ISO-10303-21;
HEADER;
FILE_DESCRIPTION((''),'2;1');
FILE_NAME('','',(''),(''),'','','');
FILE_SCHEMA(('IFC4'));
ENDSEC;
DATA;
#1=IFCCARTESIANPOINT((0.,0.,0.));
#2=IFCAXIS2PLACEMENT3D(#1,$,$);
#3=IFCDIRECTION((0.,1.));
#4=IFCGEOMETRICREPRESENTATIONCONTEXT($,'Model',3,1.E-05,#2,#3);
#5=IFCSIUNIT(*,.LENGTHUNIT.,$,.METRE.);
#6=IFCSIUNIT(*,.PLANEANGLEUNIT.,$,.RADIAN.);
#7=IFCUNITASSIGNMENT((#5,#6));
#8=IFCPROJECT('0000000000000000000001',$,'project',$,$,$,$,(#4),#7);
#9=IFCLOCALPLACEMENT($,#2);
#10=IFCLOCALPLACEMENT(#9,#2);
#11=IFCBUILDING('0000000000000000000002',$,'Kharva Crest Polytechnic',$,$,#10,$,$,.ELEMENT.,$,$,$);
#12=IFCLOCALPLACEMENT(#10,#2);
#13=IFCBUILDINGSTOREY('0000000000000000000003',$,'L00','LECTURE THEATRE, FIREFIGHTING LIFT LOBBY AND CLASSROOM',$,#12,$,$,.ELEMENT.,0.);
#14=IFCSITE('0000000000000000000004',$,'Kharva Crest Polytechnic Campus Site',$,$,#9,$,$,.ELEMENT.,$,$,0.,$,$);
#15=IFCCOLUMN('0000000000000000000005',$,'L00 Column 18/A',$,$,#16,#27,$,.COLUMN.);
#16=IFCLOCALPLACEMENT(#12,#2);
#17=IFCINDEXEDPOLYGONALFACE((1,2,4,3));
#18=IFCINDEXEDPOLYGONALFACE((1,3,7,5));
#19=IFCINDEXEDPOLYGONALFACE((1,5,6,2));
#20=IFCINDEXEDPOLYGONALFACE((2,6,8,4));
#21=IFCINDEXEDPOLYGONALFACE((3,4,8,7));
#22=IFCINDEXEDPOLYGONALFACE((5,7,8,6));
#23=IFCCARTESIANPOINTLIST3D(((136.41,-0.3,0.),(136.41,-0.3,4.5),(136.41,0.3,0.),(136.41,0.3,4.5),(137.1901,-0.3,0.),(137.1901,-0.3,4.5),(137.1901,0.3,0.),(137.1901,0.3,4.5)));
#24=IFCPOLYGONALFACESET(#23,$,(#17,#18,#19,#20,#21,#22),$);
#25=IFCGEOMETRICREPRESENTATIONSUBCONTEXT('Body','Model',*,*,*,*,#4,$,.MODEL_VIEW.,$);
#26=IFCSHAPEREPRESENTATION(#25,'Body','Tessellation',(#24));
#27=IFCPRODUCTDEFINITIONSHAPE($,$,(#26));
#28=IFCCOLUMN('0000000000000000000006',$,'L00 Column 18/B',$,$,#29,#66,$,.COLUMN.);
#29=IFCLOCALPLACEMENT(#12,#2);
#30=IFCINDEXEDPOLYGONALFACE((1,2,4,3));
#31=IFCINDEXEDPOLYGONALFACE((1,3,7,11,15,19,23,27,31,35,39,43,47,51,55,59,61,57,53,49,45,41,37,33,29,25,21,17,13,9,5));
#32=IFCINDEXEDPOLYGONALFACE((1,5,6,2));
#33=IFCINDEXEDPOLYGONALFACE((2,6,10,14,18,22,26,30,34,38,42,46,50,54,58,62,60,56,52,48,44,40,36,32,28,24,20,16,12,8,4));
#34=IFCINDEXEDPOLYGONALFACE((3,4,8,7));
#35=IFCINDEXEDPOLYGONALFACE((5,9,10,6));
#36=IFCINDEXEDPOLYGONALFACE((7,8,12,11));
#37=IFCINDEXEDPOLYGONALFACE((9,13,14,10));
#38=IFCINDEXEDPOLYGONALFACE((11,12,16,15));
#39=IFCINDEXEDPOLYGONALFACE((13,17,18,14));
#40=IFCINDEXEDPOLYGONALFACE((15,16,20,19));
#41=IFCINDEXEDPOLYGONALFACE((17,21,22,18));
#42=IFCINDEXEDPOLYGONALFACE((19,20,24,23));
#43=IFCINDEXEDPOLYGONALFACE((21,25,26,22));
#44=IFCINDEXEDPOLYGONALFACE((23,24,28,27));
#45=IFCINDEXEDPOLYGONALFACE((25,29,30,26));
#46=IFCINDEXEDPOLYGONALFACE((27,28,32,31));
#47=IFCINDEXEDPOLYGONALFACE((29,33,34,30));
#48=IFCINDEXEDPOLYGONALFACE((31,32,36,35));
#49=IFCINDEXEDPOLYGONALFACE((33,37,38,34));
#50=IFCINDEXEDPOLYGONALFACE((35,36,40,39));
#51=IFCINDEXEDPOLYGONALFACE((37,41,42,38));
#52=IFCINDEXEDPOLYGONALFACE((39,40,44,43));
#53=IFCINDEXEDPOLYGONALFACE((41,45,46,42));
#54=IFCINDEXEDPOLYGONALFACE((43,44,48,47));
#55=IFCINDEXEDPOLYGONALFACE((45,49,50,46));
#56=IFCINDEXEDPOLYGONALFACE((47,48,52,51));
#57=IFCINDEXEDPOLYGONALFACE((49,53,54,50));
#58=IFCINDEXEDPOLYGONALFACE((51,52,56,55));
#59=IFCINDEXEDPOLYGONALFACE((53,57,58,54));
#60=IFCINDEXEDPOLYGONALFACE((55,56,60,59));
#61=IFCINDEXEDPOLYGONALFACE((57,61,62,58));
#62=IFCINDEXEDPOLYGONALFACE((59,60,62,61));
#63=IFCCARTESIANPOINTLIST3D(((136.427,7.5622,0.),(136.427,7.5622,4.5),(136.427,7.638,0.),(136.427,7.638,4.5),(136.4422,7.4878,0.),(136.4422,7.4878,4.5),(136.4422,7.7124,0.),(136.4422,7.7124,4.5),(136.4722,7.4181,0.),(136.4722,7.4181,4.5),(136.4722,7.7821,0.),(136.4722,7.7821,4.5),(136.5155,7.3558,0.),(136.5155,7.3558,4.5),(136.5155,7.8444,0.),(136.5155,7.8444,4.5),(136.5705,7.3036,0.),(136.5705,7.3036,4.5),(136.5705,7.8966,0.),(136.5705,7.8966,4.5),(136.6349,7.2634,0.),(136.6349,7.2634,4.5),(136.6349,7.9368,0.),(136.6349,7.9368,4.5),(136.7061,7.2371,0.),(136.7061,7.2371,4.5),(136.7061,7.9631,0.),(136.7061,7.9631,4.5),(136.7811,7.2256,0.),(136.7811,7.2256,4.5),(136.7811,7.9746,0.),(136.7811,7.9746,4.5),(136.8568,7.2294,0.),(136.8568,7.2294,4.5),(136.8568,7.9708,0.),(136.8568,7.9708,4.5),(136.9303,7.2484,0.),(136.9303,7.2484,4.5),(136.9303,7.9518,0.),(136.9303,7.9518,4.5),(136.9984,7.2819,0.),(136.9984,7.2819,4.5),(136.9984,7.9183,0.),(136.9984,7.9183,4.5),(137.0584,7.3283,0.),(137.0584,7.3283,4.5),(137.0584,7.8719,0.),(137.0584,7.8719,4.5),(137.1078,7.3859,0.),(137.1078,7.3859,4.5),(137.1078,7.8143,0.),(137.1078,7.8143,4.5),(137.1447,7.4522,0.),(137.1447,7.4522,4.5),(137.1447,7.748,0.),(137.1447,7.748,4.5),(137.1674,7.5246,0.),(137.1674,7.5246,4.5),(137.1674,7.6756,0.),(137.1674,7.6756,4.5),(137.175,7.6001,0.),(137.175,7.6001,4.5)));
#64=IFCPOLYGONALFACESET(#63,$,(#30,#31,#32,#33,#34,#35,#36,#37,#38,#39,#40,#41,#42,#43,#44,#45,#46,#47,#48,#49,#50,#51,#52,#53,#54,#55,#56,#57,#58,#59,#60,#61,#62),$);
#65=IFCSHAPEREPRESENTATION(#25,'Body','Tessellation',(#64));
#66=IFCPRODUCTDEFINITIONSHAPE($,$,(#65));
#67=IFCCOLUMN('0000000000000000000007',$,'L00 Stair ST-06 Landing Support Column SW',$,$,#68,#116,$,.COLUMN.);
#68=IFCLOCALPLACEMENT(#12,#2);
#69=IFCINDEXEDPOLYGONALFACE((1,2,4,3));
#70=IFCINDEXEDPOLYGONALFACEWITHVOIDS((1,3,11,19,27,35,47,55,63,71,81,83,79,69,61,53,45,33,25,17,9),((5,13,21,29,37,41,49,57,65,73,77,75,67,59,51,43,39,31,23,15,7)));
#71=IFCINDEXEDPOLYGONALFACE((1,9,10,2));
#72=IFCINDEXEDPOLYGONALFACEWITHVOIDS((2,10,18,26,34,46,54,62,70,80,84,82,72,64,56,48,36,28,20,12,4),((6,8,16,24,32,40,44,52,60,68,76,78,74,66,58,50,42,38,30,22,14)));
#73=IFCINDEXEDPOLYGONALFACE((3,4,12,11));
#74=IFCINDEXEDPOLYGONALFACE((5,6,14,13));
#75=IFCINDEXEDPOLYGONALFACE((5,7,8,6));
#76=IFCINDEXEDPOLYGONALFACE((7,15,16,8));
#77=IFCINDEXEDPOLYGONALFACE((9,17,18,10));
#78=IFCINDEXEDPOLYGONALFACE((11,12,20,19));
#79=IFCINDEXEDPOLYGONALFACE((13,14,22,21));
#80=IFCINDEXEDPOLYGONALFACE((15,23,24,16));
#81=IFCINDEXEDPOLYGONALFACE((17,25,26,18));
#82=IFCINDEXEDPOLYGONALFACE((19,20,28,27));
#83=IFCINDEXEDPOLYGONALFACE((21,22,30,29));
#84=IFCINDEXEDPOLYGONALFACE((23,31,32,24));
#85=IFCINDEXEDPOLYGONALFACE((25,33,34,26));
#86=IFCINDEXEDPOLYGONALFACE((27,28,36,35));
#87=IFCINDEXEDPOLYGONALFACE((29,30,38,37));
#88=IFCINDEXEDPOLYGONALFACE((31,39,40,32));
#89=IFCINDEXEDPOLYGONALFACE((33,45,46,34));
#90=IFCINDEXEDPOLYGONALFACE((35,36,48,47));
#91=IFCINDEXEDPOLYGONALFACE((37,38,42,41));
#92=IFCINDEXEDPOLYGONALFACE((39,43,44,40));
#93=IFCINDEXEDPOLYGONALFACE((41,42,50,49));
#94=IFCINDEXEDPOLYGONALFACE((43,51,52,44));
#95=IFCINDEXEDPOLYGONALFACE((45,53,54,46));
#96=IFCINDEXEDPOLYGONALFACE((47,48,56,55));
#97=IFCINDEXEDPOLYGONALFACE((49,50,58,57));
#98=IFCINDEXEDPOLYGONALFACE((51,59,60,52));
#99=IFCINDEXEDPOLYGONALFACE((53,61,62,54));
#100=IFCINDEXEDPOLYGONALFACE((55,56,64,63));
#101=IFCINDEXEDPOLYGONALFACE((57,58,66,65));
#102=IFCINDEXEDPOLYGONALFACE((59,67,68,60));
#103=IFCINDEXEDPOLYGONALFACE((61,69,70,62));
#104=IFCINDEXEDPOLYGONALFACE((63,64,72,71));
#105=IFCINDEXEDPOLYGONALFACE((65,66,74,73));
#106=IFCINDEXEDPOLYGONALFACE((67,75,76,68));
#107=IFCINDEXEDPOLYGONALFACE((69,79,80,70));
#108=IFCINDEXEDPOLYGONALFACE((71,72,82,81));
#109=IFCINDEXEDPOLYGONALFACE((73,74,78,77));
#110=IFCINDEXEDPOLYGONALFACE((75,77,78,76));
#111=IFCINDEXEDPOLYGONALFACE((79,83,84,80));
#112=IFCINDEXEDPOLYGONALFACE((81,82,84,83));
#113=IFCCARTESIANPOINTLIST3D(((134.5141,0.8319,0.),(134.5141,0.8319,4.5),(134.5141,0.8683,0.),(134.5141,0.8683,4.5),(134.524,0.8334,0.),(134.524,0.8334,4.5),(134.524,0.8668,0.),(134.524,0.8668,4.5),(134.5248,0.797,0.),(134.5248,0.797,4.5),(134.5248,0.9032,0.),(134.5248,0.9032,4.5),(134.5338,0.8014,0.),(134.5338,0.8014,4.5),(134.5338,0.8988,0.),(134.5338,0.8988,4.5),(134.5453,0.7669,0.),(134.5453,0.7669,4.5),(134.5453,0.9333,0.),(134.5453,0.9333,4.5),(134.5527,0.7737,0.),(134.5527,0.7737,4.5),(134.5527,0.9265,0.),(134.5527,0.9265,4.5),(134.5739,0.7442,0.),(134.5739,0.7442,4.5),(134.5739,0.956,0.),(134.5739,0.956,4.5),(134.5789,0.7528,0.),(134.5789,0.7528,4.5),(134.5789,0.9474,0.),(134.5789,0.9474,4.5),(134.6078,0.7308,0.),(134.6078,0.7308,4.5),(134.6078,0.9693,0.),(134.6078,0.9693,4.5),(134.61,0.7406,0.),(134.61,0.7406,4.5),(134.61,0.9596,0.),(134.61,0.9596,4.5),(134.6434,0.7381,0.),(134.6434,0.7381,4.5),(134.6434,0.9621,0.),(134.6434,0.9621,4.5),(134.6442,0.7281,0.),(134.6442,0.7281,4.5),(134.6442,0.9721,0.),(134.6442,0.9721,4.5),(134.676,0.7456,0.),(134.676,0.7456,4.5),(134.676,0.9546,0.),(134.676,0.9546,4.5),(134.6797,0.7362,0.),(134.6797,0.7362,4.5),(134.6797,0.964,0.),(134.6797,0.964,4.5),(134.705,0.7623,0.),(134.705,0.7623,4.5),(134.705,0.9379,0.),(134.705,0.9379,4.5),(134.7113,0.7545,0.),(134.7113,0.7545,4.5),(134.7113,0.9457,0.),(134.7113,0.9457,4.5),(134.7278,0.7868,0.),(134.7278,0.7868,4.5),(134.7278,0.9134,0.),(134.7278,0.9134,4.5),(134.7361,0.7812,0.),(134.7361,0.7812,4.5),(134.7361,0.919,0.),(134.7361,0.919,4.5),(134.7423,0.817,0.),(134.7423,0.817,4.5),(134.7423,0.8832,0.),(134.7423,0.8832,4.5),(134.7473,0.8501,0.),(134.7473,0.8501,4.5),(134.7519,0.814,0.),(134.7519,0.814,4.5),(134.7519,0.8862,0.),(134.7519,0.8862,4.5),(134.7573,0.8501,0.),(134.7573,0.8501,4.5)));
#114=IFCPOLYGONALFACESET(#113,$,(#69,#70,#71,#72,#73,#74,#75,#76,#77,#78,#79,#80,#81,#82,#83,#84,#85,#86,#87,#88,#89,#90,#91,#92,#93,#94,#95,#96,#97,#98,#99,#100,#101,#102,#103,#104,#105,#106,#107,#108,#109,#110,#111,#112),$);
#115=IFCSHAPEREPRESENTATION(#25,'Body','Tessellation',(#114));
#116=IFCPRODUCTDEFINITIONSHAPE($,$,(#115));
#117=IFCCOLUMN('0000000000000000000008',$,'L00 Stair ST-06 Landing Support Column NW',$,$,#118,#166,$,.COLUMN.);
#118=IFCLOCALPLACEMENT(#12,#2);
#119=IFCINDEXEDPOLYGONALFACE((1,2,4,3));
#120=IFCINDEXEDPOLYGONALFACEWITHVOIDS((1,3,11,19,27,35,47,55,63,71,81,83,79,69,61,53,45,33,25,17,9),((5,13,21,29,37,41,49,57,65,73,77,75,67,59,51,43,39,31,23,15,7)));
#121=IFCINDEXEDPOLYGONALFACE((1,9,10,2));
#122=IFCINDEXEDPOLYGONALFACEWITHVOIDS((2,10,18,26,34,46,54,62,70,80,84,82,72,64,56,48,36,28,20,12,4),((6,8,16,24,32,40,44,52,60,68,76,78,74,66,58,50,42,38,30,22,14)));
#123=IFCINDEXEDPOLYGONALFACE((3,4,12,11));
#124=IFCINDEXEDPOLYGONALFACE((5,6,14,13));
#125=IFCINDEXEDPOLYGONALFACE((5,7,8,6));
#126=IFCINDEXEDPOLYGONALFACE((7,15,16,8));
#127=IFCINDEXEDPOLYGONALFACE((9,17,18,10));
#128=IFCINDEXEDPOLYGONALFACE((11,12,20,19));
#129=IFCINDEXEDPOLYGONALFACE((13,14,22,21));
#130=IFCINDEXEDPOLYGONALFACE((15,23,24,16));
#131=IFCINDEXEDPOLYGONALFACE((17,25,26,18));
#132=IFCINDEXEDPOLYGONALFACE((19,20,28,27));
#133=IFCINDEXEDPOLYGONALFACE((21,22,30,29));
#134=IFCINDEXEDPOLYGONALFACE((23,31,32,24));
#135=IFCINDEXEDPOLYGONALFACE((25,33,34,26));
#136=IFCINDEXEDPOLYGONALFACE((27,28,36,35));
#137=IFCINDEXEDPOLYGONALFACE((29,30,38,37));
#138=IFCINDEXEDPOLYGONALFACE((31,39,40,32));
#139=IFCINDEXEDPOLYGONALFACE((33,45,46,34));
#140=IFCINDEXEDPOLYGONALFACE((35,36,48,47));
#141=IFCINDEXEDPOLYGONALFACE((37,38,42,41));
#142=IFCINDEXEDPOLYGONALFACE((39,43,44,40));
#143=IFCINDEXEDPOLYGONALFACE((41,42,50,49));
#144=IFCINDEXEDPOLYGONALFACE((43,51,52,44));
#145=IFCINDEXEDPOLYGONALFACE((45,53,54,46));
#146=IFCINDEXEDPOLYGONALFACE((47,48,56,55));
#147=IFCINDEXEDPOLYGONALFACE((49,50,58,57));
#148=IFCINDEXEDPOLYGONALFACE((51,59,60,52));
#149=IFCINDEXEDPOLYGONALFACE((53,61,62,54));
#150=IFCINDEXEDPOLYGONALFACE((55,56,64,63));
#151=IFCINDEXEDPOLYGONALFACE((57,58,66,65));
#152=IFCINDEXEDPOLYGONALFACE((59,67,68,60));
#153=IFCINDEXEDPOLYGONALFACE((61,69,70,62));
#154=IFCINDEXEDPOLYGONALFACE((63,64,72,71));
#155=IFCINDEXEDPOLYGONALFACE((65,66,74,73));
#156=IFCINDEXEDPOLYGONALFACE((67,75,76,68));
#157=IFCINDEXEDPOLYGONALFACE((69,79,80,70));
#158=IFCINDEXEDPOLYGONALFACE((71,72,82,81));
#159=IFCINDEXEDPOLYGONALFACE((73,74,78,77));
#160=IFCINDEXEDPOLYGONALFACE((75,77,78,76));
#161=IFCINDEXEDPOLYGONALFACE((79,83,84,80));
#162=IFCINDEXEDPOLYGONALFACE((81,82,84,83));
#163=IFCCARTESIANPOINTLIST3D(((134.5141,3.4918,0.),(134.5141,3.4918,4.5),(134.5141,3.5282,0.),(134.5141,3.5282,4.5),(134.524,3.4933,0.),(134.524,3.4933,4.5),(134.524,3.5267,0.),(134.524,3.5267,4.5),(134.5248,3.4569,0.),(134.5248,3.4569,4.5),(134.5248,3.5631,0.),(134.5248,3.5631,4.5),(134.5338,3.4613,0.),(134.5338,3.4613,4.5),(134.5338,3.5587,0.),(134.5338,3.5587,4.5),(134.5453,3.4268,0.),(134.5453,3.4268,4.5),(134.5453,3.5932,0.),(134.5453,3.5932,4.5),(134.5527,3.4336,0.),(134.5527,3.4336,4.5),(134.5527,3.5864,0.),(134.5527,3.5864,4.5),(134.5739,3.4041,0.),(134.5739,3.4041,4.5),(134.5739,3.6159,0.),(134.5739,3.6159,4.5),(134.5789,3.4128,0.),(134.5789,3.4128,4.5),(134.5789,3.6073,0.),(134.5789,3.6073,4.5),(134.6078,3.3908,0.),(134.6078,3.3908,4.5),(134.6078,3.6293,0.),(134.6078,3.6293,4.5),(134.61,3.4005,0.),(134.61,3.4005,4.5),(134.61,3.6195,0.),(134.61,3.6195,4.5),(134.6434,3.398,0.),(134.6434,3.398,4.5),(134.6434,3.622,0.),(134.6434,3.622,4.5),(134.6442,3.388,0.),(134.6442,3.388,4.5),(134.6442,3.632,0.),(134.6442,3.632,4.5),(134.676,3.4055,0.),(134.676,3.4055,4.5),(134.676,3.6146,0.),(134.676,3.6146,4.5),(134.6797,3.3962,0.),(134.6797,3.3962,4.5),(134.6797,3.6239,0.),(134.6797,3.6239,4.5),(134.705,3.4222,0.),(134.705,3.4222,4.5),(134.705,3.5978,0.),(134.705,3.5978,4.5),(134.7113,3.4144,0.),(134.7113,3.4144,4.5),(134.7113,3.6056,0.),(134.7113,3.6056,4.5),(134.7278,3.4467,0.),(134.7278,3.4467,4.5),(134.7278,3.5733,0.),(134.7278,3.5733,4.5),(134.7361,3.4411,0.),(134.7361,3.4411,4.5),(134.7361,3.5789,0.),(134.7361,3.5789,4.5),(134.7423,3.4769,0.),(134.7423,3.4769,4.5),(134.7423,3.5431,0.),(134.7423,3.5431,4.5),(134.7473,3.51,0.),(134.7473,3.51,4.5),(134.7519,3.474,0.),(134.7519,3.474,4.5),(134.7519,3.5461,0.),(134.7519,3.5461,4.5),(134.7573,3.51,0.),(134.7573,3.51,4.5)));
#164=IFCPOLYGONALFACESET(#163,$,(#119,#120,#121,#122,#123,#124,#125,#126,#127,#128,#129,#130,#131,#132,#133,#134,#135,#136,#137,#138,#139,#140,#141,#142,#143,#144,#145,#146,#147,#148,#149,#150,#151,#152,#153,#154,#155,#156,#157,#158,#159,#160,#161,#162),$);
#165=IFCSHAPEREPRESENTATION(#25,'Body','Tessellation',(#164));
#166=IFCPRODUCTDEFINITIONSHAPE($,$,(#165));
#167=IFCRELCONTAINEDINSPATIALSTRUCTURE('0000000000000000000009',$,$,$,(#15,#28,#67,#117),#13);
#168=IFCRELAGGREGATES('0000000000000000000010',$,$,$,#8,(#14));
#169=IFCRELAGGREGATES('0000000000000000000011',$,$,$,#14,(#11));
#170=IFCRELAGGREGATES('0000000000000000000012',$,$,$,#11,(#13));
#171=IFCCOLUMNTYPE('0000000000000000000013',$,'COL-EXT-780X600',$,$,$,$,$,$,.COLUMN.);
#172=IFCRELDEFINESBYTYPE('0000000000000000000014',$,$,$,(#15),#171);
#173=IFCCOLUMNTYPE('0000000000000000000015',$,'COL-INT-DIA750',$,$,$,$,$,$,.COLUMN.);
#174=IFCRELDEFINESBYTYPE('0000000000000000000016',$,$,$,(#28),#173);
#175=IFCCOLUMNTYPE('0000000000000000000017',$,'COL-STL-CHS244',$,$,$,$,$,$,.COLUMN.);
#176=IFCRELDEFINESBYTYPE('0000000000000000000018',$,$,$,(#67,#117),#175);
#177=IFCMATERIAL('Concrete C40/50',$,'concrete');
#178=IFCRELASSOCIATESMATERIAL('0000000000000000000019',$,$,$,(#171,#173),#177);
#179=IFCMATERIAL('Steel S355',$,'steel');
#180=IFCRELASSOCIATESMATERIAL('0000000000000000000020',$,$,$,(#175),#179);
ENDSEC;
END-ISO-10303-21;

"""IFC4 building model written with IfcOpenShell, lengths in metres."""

from ifc_helpers import new_model, si_unit, direction, frame, origin, origin_2d, place, context, subcontext, project, spatial, rectangle, circle, hollow_circle, extrude, material, material_profile, profile_set, type_object, element, save


model = new_model("IFC4")

# Units and contexts
model_context = context("Model", 3, precision=1e-05, world=origin(), true_north=direction((0.0, 1.0)))
body_context = subcontext(model_context, "Body", "Model", "MODEL_VIEW")
ifc_project = project(units=[si_unit("LENGTHUNIT", "METRE"), si_unit("PLANEANGLEUNIT", "RADIAN")], contexts=[model_context])

# Site, building, storey
site_placement = place(None, origin())
site = spatial("IfcSite", under=ifc_project, at=site_placement, Name="Kharva Crest Polytechnic Campus Site", CompositionType="ELEMENT", RefElevation=0.0)
building_placement = place(site_placement, origin())
building = spatial("IfcBuilding", under=site, at=building_placement, Name="Kharva Crest Polytechnic", CompositionType="ELEMENT")
storey_placement = place(building_placement, origin())
storey = spatial("IfcBuildingStorey", under=building, at=storey_placement, Name="L00", Description="LECTURE THEATRE, FIREFIGHTING LIFT LOBBY AND CLASSROOM", CompositionType="ELEMENT", Elevation=0.0)

# Columns
ifc_material_1 = material(Name="Concrete C40/50", Category="concrete")
ifc_material_profile_1 = material_profile(ifc_material_1, rectangle(XDim=0.78, YDim=0.6001, at=origin_2d()), Name="RECT 780 X 600")
ifc_profile_set_1 = profile_set([ifc_material_profile_1], Name="Concrete C40/50")
column_type_1 = type_object("IfcColumnType", Name="COL-EXT-780X600", PredefinedType="COLUMN", material=ifc_profile_set_1)
column_1_placement = place(storey_placement, frame((136.8, 0.0, 0.0), z_axis=(0.0, 0.0, 1.0), x_axis=(1.0, 0.0, 0.0)))
element("IfcColumn", 1, at=column_1_placement, inside=storey, type_object=column_type_1, Name="L00 Column 18/A", PredefinedType="COLUMN", context=body_context, shape_type="SweptSolid", body=[
    extrude(rectangle(XDim=0.78, YDim=0.6001, at=origin_2d()), origin(), (0.0, 0.0, 1.0), 4.5),
])
ifc_material_profile_2 = material_profile(ifc_material_1, circle(Radius=0.375, at=origin_2d()), Name="DIA 750")
ifc_profile_set_2 = profile_set([ifc_material_profile_2], Name="Concrete C40/50")
column_type_2 = type_object("IfcColumnType", Name="COL-INT-DIA750", PredefinedType="COLUMN", material=ifc_profile_set_2)
column_2_placement = place(storey_placement, frame((136.8, 7.6001, 0.0), z_axis=(0.0, 0.0, 1.0), x_axis=(1.0, 0.0, 0.0)))
element("IfcColumn", 2, at=column_2_placement, inside=storey, type_object=column_type_2, Name="L00 Column 18/B", PredefinedType="COLUMN", context=body_context, shape_type="SweptSolid", body=[
    extrude(circle(Radius=0.375, at=origin_2d()), origin(), (0.0, 0.0, 1.0), 4.5),
])
ifc_material_2 = material(Name="Steel S355", Category="steel")
ifc_material_profile_3 = material_profile(ifc_material_2, hollow_circle(Radius=0.1223, WallThickness=0.01, at=origin_2d()), Name="CHS 244.5X10.0")
ifc_profile_set_3 = profile_set([ifc_material_profile_3], Name="Steel S355")
column_type_3 = type_object("IfcColumnType", Name="COL-STL-CHS244", PredefinedType="COLUMN", material=ifc_profile_set_3)
for number, where, z_axis, x_axis, name in (
    (3, (134.635, 0.8501, 0.0), (0.0, 0.0, 1.0), (1.0, 0.0, 0.0), "L00 Stair ST-06 Landing Support Column SW"),
    (4, (134.635, 3.51, 0.0), (0.0, 0.0, 1.0), (1.0, 0.0, 0.0), "L00 Stair ST-06 Landing Support Column NW"),
):
    element("IfcColumn", number, at=place(storey_placement, frame(where, z_axis=z_axis, x_axis=x_axis)), inside=storey, type_object=column_type_3, Name=name, PredefinedType="COLUMN", context=body_context, shape_type="SweptSolid", body=[
        extrude(hollow_circle(Radius=0.1223, WallThickness=0.01, at=origin_2d()), origin(), (0.0, 0.0, 1.0), 4.5),
    ])

save(model, "model.ifc")
